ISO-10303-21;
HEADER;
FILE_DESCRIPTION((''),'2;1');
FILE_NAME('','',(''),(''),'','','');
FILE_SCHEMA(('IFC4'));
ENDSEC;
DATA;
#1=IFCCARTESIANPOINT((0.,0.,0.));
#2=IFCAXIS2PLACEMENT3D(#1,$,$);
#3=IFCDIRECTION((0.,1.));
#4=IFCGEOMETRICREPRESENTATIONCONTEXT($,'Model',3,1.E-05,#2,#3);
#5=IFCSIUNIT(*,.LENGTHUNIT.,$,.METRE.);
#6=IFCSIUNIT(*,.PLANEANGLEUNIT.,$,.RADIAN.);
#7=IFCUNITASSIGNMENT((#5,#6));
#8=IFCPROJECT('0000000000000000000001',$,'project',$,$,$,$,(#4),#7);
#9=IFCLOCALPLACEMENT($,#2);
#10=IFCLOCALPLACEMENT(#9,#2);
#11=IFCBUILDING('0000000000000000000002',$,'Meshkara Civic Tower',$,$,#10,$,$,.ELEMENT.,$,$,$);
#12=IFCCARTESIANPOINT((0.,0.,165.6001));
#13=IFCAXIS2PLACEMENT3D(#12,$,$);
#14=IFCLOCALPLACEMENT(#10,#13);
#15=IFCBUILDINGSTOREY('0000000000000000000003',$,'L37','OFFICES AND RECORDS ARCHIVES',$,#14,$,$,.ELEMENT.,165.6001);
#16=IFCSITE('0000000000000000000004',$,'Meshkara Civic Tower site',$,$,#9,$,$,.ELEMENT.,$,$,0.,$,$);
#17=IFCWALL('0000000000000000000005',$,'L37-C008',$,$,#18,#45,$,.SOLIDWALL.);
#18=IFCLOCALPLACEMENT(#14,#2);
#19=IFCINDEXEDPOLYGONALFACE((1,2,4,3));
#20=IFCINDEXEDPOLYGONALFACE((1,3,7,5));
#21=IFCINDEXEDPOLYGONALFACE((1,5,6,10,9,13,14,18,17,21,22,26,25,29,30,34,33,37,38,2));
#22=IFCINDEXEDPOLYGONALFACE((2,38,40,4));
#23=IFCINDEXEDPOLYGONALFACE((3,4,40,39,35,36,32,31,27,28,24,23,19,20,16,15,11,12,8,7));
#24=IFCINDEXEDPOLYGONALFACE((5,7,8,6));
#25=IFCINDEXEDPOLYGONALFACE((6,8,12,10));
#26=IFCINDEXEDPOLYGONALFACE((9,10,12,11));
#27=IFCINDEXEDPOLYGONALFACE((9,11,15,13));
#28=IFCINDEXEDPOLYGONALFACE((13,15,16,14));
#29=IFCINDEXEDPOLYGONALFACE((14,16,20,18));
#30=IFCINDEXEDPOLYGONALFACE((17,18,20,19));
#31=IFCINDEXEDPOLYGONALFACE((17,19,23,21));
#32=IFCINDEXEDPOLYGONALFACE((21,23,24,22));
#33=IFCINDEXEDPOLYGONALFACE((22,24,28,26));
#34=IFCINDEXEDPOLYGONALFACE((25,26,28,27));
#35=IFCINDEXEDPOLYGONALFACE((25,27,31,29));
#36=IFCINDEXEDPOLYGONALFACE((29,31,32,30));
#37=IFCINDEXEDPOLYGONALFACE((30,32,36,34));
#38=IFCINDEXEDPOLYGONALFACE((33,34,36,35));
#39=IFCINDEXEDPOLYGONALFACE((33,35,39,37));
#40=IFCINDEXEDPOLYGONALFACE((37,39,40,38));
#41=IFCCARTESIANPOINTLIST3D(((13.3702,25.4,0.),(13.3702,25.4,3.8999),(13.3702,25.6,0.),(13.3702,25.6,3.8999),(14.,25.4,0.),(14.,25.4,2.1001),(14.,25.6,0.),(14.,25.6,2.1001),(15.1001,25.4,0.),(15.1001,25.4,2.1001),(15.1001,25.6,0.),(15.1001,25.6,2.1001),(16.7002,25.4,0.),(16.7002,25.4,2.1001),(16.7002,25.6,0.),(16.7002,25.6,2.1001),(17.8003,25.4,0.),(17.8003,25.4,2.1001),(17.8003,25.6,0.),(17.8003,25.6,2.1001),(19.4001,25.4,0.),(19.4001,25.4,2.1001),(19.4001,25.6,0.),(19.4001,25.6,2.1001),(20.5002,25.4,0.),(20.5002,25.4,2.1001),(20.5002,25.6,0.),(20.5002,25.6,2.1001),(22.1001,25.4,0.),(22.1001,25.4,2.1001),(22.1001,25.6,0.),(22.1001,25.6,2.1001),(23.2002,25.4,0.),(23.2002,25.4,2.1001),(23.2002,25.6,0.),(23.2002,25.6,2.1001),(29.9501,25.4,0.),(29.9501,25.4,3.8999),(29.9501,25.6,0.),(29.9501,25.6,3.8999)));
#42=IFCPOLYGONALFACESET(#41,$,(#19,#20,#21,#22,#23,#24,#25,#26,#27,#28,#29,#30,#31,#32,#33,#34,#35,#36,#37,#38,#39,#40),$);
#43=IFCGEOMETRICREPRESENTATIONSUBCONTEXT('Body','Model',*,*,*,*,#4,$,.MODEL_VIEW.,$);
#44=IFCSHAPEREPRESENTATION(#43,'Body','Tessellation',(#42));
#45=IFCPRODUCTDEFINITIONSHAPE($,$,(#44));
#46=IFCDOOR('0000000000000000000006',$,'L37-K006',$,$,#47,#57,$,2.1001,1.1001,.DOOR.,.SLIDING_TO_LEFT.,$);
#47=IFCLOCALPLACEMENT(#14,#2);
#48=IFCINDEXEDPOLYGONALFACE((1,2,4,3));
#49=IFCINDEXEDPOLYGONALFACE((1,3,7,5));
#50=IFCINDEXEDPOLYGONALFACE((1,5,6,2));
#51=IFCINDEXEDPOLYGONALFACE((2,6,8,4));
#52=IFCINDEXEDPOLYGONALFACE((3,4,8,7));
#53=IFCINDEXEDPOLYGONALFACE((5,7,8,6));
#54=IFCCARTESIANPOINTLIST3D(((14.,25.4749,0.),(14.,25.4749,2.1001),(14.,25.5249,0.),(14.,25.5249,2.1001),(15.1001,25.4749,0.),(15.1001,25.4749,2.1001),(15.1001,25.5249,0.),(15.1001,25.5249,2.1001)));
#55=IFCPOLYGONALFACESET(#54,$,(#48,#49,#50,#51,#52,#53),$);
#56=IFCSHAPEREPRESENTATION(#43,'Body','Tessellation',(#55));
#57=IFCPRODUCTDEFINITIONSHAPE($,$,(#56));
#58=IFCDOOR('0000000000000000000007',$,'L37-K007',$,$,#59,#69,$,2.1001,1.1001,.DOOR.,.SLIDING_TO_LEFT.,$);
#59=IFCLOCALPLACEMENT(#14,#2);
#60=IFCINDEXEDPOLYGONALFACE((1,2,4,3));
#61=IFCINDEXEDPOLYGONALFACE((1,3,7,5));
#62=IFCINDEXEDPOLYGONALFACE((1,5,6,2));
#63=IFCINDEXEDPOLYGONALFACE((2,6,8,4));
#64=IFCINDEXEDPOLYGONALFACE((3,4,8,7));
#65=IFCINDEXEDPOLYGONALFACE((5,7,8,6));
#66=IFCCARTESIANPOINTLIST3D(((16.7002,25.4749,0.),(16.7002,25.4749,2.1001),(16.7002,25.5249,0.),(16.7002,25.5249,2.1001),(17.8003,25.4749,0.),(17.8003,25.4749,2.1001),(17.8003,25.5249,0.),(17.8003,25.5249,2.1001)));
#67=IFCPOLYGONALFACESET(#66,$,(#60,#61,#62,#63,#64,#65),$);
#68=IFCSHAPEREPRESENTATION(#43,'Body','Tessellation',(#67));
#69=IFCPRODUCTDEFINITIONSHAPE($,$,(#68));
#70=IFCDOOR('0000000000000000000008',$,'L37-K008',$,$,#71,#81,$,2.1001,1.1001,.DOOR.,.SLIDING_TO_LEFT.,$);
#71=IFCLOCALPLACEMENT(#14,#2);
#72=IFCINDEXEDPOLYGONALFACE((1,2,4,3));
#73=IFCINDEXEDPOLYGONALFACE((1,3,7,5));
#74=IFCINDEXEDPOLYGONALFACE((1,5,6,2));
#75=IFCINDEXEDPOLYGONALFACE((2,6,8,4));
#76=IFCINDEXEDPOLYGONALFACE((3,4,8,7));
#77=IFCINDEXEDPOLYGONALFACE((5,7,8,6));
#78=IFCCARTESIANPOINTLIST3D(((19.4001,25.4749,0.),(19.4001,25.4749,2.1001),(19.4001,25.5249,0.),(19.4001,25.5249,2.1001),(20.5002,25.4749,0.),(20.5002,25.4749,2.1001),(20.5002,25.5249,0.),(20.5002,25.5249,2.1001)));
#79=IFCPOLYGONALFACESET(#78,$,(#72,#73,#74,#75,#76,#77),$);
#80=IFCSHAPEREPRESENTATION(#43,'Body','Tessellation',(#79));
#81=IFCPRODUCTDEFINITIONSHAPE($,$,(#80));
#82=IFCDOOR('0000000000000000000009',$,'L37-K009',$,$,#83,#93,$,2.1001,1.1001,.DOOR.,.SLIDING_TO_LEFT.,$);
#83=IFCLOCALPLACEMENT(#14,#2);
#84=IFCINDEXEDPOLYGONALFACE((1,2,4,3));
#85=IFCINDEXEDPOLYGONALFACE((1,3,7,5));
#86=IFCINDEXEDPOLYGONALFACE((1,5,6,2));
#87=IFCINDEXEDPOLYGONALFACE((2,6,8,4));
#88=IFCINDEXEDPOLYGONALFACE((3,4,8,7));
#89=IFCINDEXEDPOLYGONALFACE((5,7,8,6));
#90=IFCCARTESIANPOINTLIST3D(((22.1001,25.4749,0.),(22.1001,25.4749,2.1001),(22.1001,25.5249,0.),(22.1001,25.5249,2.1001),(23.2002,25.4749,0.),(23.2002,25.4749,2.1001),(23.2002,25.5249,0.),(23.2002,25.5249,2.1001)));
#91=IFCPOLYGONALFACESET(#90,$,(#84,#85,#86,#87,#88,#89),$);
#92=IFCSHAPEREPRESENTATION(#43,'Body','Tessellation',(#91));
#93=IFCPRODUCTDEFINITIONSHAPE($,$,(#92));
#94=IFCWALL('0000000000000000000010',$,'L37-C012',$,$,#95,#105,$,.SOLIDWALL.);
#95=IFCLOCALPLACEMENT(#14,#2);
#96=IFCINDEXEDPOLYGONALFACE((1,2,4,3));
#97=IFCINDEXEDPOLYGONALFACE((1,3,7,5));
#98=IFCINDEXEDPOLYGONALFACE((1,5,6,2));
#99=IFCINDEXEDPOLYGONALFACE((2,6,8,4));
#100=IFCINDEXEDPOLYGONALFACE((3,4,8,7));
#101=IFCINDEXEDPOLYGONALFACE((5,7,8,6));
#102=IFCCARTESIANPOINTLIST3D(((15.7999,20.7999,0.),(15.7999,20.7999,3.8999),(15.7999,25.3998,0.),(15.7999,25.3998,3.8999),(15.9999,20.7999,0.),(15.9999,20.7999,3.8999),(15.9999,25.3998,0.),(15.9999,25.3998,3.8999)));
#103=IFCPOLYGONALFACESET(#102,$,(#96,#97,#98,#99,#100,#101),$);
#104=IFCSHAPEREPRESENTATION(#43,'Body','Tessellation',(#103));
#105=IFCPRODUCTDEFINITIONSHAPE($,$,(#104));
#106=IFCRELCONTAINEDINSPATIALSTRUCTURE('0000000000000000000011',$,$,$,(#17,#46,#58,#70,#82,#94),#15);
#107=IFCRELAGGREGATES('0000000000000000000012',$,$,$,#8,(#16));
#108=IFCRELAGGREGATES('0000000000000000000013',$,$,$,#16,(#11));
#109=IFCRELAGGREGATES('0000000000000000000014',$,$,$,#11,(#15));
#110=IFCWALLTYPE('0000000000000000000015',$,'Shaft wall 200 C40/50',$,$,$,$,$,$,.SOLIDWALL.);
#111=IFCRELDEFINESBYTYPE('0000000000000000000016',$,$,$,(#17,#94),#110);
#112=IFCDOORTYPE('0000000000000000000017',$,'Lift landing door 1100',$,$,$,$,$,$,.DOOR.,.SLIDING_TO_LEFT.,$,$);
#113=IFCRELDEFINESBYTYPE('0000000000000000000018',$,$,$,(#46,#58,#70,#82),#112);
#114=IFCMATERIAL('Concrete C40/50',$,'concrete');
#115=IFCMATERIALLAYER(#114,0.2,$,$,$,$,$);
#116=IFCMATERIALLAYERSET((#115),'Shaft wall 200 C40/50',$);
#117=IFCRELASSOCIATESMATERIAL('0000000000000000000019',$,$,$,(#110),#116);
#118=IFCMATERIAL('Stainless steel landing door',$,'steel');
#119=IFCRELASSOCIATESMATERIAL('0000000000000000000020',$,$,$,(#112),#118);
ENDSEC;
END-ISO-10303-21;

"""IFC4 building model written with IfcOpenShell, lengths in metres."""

from ifc_helpers import new_model, si_unit, direction, frame, frame_2d, origin, place, context, subcontext, project, spatial, rectangle, extrude, material, layer, layer_set, type_object, element, fill, save


model = new_model("IFC4")

# Units and contexts
model_context = context("Model", 3, precision=1e-05, world=origin(), true_north=direction((0.0, 1.0)))
body_context = subcontext(model_context, "Body", "Model", "MODEL_VIEW")
ifc_project = project(units=[si_unit("LENGTHUNIT", "METRE"), si_unit("PLANEANGLEUNIT", "RADIAN")], contexts=[model_context])

# Site, building, storey
site_placement = place(None, origin())
site = spatial("IfcSite", under=ifc_project, at=site_placement, Name="Meshkara Civic Tower site", CompositionType="ELEMENT", RefElevation=0.0)
building_placement = place(site_placement, origin())
building = spatial("IfcBuilding", under=site, at=building_placement, Name="Meshkara Civic Tower", CompositionType="ELEMENT")
storey_placement = place(building_placement, frame((0.0, 0.0, 165.6001)))
storey = spatial("IfcBuildingStorey", under=building, at=storey_placement, Name="L37", Description="OFFICES AND RECORDS ARCHIVES", CompositionType="ELEMENT", Elevation=165.6001)

# Wall, openings, doors
ifc_material_1 = material(Name="Concrete C40/50", Category="concrete")
ifc_layer_1 = layer(ifc_material_1, 0.2)
ifc_layer_set_1 = layer_set([ifc_layer_1], Name="Shaft wall 200 C40/50")
wall_type_1 = type_object("IfcWallType", Name="Shaft wall 200 C40/50", PredefinedType="SOLIDWALL", material=ifc_layer_set_1)
ifc_material_2 = material(Name="Stainless steel landing door", Category="steel")
door_type_1 = type_object("IfcDoorType", Name="Lift landing door 1100", OperationType="SLIDING_TO_LEFT", PredefinedType="DOOR", material=ifc_material_2)
wall_1_placement = place(storey_placement, frame((13.3701, 25.5, 0.0), z_axis=(0.0, 0.0, 1.0), x_axis=(1.0, 0.0, 0.0)))
wall_1 = element("IfcWall", 1, at=wall_1_placement, inside=storey, type_object=wall_type_1, Name="L37-C008", PredefinedType="SOLIDWALL", context=body_context, shape_type="SweptSolid", body=[
    extrude(rectangle(XDim=16.5798, YDim=0.2, at=frame_2d((8.29, 0.0))), origin(), (0.0, 0.0, 1.0), 3.8999),
])
opening_1_placement = place(wall_1_placement, frame((0.6299, 0.0, 0.0)))
opening_1 = element("IfcOpeningElement", 2, at=opening_1_placement, cuts=wall_1, PredefinedType="OPENING", context=body_context, shape_type="SweptSolid", body=[
    extrude(rectangle(XDim=1.1001, YDim=2.1001, at=frame_2d((0.55, 1.05))), frame((0.0, 0.1099, 0.0), z_axis=(0.0, -1.0, 0.0), x_axis=(1.0, 0.0, 0.0)), (0.0, 0.0, 1.0), 0.22),
])
opening_2_placement = place(wall_1_placement, frame((3.3301, 0.0, 0.0)))
opening_2 = element("IfcOpeningElement", 3, at=opening_2_placement, cuts=wall_1, PredefinedType="OPENING", context=body_context, shape_type="SweptSolid", body=[
    extrude(rectangle(XDim=1.1001, YDim=2.1001, at=frame_2d((0.55, 1.05))), frame((0.0, 0.1099, 0.0), z_axis=(0.0, -1.0, 0.0), x_axis=(1.0, 0.0, 0.0)), (0.0, 0.0, 1.0), 0.22),
])
opening_3_placement = place(wall_1_placement, frame((6.03, 0.0, 0.0)))
opening_3 = element("IfcOpeningElement", 4, at=opening_3_placement, cuts=wall_1, PredefinedType="OPENING", context=body_context, shape_type="SweptSolid", body=[
    extrude(rectangle(XDim=1.1001, YDim=2.1001, at=frame_2d((0.55, 1.05))), frame((0.0, 0.1099, 0.0), z_axis=(0.0, -1.0, 0.0), x_axis=(1.0, 0.0, 0.0)), (0.0, 0.0, 1.0), 0.22),
])
opening_4_placement = place(wall_1_placement, frame((8.73, 0.0, 0.0)))
opening_4 = element("IfcOpeningElement", 5, at=opening_4_placement, cuts=wall_1, PredefinedType="OPENING", context=body_context, shape_type="SweptSolid", body=[
    extrude(rectangle(XDim=1.1001, YDim=2.1001, at=frame_2d((0.55, 1.05))), frame((0.0, 0.1099, 0.0), z_axis=(0.0, -1.0, 0.0), x_axis=(1.0, 0.0, 0.0)), (0.0, 0.0, 1.0), 0.22),
])
door_1_placement = place(opening_1_placement, origin())
door_1 = element("IfcDoor", 6, at=door_1_placement, inside=storey, type_object=door_type_1, Name="L37-K006", OperationType="SLIDING_TO_LEFT", OverallHeight=2.1001, OverallWidth=1.1001, PredefinedType="DOOR", context=body_context, shape_type="SweptSolid", body=[
    extrude(rectangle(XDim=1.1001, YDim=2.1001, at=frame_2d((0.55, 1.05))), frame((0.0, 0.0249, 0.0), z_axis=(0.0, -1.0, 0.0), x_axis=(1.0, 0.0, 0.0)), (0.0, 0.0, 1.0), 0.05),
])
fill(opening_1, door_1)
door_2_placement = place(opening_2_placement, origin())
door_2 = element("IfcDoor", 7, at=door_2_placement, inside=storey, type_object=door_type_1, Name="L37-K007", OperationType="SLIDING_TO_LEFT", OverallHeight=2.1001, OverallWidth=1.1001, PredefinedType="DOOR", context=body_context, shape_type="SweptSolid", body=[
    extrude(rectangle(XDim=1.1001, YDim=2.1001, at=frame_2d((0.55, 1.05))), frame((0.0, 0.0249, 0.0), z_axis=(0.0, -1.0, 0.0), x_axis=(1.0, 0.0, 0.0)), (0.0, 0.0, 1.0), 0.05),
])
fill(opening_2, door_2)
door_3_placement = place(opening_3_placement, origin())
door_3 = element("IfcDoor", 8, at=door_3_placement, inside=storey, type_object=door_type_1, Name="L37-K008", OperationType="SLIDING_TO_LEFT", OverallHeight=2.1001, OverallWidth=1.1001, PredefinedType="DOOR", context=body_context, shape_type="SweptSolid", body=[
    extrude(rectangle(XDim=1.1001, YDim=2.1001, at=frame_2d((0.55, 1.05))), frame((0.0, 0.0249, 0.0), z_axis=(0.0, -1.0, 0.0), x_axis=(1.0, 0.0, 0.0)), (0.0, 0.0, 1.0), 0.05),
])
fill(opening_3, door_3)
door_4_placement = place(opening_4_placement, origin())
door_4 = element("IfcDoor", 9, at=door_4_placement, inside=storey, type_object=door_type_1, Name="L37-K009", OperationType="SLIDING_TO_LEFT", OverallHeight=2.1001, OverallWidth=1.1001, PredefinedType="DOOR", context=body_context, shape_type="SweptSolid", body=[
    extrude(rectangle(XDim=1.1001, YDim=2.1001, at=frame_2d((0.55, 1.05))), frame((0.0, 0.0249, 0.0), z_axis=(0.0, -1.0, 0.0), x_axis=(1.0, 0.0, 0.0)), (0.0, 0.0, 1.0), 0.05),
])
fill(opening_4, door_4)

# Wall
wall_2_placement = place(storey_placement, frame((15.8999, 20.8, 0.0), z_axis=(0.0, 0.0, 1.0), x_axis=(0.0, 1.0, 0.0)))
element("IfcWall", 10, at=wall_2_placement, inside=storey, type_object=wall_type_1, Name="L37-C012", PredefinedType="SOLIDWALL", context=body_context, shape_type="SweptSolid", body=[
    extrude(rectangle(XDim=4.5999, YDim=0.2, at=frame_2d((2.2998, 0.0))), origin(), (0.0, 0.0, 1.0), 3.8999),
])

save(model, "model.ifc")
